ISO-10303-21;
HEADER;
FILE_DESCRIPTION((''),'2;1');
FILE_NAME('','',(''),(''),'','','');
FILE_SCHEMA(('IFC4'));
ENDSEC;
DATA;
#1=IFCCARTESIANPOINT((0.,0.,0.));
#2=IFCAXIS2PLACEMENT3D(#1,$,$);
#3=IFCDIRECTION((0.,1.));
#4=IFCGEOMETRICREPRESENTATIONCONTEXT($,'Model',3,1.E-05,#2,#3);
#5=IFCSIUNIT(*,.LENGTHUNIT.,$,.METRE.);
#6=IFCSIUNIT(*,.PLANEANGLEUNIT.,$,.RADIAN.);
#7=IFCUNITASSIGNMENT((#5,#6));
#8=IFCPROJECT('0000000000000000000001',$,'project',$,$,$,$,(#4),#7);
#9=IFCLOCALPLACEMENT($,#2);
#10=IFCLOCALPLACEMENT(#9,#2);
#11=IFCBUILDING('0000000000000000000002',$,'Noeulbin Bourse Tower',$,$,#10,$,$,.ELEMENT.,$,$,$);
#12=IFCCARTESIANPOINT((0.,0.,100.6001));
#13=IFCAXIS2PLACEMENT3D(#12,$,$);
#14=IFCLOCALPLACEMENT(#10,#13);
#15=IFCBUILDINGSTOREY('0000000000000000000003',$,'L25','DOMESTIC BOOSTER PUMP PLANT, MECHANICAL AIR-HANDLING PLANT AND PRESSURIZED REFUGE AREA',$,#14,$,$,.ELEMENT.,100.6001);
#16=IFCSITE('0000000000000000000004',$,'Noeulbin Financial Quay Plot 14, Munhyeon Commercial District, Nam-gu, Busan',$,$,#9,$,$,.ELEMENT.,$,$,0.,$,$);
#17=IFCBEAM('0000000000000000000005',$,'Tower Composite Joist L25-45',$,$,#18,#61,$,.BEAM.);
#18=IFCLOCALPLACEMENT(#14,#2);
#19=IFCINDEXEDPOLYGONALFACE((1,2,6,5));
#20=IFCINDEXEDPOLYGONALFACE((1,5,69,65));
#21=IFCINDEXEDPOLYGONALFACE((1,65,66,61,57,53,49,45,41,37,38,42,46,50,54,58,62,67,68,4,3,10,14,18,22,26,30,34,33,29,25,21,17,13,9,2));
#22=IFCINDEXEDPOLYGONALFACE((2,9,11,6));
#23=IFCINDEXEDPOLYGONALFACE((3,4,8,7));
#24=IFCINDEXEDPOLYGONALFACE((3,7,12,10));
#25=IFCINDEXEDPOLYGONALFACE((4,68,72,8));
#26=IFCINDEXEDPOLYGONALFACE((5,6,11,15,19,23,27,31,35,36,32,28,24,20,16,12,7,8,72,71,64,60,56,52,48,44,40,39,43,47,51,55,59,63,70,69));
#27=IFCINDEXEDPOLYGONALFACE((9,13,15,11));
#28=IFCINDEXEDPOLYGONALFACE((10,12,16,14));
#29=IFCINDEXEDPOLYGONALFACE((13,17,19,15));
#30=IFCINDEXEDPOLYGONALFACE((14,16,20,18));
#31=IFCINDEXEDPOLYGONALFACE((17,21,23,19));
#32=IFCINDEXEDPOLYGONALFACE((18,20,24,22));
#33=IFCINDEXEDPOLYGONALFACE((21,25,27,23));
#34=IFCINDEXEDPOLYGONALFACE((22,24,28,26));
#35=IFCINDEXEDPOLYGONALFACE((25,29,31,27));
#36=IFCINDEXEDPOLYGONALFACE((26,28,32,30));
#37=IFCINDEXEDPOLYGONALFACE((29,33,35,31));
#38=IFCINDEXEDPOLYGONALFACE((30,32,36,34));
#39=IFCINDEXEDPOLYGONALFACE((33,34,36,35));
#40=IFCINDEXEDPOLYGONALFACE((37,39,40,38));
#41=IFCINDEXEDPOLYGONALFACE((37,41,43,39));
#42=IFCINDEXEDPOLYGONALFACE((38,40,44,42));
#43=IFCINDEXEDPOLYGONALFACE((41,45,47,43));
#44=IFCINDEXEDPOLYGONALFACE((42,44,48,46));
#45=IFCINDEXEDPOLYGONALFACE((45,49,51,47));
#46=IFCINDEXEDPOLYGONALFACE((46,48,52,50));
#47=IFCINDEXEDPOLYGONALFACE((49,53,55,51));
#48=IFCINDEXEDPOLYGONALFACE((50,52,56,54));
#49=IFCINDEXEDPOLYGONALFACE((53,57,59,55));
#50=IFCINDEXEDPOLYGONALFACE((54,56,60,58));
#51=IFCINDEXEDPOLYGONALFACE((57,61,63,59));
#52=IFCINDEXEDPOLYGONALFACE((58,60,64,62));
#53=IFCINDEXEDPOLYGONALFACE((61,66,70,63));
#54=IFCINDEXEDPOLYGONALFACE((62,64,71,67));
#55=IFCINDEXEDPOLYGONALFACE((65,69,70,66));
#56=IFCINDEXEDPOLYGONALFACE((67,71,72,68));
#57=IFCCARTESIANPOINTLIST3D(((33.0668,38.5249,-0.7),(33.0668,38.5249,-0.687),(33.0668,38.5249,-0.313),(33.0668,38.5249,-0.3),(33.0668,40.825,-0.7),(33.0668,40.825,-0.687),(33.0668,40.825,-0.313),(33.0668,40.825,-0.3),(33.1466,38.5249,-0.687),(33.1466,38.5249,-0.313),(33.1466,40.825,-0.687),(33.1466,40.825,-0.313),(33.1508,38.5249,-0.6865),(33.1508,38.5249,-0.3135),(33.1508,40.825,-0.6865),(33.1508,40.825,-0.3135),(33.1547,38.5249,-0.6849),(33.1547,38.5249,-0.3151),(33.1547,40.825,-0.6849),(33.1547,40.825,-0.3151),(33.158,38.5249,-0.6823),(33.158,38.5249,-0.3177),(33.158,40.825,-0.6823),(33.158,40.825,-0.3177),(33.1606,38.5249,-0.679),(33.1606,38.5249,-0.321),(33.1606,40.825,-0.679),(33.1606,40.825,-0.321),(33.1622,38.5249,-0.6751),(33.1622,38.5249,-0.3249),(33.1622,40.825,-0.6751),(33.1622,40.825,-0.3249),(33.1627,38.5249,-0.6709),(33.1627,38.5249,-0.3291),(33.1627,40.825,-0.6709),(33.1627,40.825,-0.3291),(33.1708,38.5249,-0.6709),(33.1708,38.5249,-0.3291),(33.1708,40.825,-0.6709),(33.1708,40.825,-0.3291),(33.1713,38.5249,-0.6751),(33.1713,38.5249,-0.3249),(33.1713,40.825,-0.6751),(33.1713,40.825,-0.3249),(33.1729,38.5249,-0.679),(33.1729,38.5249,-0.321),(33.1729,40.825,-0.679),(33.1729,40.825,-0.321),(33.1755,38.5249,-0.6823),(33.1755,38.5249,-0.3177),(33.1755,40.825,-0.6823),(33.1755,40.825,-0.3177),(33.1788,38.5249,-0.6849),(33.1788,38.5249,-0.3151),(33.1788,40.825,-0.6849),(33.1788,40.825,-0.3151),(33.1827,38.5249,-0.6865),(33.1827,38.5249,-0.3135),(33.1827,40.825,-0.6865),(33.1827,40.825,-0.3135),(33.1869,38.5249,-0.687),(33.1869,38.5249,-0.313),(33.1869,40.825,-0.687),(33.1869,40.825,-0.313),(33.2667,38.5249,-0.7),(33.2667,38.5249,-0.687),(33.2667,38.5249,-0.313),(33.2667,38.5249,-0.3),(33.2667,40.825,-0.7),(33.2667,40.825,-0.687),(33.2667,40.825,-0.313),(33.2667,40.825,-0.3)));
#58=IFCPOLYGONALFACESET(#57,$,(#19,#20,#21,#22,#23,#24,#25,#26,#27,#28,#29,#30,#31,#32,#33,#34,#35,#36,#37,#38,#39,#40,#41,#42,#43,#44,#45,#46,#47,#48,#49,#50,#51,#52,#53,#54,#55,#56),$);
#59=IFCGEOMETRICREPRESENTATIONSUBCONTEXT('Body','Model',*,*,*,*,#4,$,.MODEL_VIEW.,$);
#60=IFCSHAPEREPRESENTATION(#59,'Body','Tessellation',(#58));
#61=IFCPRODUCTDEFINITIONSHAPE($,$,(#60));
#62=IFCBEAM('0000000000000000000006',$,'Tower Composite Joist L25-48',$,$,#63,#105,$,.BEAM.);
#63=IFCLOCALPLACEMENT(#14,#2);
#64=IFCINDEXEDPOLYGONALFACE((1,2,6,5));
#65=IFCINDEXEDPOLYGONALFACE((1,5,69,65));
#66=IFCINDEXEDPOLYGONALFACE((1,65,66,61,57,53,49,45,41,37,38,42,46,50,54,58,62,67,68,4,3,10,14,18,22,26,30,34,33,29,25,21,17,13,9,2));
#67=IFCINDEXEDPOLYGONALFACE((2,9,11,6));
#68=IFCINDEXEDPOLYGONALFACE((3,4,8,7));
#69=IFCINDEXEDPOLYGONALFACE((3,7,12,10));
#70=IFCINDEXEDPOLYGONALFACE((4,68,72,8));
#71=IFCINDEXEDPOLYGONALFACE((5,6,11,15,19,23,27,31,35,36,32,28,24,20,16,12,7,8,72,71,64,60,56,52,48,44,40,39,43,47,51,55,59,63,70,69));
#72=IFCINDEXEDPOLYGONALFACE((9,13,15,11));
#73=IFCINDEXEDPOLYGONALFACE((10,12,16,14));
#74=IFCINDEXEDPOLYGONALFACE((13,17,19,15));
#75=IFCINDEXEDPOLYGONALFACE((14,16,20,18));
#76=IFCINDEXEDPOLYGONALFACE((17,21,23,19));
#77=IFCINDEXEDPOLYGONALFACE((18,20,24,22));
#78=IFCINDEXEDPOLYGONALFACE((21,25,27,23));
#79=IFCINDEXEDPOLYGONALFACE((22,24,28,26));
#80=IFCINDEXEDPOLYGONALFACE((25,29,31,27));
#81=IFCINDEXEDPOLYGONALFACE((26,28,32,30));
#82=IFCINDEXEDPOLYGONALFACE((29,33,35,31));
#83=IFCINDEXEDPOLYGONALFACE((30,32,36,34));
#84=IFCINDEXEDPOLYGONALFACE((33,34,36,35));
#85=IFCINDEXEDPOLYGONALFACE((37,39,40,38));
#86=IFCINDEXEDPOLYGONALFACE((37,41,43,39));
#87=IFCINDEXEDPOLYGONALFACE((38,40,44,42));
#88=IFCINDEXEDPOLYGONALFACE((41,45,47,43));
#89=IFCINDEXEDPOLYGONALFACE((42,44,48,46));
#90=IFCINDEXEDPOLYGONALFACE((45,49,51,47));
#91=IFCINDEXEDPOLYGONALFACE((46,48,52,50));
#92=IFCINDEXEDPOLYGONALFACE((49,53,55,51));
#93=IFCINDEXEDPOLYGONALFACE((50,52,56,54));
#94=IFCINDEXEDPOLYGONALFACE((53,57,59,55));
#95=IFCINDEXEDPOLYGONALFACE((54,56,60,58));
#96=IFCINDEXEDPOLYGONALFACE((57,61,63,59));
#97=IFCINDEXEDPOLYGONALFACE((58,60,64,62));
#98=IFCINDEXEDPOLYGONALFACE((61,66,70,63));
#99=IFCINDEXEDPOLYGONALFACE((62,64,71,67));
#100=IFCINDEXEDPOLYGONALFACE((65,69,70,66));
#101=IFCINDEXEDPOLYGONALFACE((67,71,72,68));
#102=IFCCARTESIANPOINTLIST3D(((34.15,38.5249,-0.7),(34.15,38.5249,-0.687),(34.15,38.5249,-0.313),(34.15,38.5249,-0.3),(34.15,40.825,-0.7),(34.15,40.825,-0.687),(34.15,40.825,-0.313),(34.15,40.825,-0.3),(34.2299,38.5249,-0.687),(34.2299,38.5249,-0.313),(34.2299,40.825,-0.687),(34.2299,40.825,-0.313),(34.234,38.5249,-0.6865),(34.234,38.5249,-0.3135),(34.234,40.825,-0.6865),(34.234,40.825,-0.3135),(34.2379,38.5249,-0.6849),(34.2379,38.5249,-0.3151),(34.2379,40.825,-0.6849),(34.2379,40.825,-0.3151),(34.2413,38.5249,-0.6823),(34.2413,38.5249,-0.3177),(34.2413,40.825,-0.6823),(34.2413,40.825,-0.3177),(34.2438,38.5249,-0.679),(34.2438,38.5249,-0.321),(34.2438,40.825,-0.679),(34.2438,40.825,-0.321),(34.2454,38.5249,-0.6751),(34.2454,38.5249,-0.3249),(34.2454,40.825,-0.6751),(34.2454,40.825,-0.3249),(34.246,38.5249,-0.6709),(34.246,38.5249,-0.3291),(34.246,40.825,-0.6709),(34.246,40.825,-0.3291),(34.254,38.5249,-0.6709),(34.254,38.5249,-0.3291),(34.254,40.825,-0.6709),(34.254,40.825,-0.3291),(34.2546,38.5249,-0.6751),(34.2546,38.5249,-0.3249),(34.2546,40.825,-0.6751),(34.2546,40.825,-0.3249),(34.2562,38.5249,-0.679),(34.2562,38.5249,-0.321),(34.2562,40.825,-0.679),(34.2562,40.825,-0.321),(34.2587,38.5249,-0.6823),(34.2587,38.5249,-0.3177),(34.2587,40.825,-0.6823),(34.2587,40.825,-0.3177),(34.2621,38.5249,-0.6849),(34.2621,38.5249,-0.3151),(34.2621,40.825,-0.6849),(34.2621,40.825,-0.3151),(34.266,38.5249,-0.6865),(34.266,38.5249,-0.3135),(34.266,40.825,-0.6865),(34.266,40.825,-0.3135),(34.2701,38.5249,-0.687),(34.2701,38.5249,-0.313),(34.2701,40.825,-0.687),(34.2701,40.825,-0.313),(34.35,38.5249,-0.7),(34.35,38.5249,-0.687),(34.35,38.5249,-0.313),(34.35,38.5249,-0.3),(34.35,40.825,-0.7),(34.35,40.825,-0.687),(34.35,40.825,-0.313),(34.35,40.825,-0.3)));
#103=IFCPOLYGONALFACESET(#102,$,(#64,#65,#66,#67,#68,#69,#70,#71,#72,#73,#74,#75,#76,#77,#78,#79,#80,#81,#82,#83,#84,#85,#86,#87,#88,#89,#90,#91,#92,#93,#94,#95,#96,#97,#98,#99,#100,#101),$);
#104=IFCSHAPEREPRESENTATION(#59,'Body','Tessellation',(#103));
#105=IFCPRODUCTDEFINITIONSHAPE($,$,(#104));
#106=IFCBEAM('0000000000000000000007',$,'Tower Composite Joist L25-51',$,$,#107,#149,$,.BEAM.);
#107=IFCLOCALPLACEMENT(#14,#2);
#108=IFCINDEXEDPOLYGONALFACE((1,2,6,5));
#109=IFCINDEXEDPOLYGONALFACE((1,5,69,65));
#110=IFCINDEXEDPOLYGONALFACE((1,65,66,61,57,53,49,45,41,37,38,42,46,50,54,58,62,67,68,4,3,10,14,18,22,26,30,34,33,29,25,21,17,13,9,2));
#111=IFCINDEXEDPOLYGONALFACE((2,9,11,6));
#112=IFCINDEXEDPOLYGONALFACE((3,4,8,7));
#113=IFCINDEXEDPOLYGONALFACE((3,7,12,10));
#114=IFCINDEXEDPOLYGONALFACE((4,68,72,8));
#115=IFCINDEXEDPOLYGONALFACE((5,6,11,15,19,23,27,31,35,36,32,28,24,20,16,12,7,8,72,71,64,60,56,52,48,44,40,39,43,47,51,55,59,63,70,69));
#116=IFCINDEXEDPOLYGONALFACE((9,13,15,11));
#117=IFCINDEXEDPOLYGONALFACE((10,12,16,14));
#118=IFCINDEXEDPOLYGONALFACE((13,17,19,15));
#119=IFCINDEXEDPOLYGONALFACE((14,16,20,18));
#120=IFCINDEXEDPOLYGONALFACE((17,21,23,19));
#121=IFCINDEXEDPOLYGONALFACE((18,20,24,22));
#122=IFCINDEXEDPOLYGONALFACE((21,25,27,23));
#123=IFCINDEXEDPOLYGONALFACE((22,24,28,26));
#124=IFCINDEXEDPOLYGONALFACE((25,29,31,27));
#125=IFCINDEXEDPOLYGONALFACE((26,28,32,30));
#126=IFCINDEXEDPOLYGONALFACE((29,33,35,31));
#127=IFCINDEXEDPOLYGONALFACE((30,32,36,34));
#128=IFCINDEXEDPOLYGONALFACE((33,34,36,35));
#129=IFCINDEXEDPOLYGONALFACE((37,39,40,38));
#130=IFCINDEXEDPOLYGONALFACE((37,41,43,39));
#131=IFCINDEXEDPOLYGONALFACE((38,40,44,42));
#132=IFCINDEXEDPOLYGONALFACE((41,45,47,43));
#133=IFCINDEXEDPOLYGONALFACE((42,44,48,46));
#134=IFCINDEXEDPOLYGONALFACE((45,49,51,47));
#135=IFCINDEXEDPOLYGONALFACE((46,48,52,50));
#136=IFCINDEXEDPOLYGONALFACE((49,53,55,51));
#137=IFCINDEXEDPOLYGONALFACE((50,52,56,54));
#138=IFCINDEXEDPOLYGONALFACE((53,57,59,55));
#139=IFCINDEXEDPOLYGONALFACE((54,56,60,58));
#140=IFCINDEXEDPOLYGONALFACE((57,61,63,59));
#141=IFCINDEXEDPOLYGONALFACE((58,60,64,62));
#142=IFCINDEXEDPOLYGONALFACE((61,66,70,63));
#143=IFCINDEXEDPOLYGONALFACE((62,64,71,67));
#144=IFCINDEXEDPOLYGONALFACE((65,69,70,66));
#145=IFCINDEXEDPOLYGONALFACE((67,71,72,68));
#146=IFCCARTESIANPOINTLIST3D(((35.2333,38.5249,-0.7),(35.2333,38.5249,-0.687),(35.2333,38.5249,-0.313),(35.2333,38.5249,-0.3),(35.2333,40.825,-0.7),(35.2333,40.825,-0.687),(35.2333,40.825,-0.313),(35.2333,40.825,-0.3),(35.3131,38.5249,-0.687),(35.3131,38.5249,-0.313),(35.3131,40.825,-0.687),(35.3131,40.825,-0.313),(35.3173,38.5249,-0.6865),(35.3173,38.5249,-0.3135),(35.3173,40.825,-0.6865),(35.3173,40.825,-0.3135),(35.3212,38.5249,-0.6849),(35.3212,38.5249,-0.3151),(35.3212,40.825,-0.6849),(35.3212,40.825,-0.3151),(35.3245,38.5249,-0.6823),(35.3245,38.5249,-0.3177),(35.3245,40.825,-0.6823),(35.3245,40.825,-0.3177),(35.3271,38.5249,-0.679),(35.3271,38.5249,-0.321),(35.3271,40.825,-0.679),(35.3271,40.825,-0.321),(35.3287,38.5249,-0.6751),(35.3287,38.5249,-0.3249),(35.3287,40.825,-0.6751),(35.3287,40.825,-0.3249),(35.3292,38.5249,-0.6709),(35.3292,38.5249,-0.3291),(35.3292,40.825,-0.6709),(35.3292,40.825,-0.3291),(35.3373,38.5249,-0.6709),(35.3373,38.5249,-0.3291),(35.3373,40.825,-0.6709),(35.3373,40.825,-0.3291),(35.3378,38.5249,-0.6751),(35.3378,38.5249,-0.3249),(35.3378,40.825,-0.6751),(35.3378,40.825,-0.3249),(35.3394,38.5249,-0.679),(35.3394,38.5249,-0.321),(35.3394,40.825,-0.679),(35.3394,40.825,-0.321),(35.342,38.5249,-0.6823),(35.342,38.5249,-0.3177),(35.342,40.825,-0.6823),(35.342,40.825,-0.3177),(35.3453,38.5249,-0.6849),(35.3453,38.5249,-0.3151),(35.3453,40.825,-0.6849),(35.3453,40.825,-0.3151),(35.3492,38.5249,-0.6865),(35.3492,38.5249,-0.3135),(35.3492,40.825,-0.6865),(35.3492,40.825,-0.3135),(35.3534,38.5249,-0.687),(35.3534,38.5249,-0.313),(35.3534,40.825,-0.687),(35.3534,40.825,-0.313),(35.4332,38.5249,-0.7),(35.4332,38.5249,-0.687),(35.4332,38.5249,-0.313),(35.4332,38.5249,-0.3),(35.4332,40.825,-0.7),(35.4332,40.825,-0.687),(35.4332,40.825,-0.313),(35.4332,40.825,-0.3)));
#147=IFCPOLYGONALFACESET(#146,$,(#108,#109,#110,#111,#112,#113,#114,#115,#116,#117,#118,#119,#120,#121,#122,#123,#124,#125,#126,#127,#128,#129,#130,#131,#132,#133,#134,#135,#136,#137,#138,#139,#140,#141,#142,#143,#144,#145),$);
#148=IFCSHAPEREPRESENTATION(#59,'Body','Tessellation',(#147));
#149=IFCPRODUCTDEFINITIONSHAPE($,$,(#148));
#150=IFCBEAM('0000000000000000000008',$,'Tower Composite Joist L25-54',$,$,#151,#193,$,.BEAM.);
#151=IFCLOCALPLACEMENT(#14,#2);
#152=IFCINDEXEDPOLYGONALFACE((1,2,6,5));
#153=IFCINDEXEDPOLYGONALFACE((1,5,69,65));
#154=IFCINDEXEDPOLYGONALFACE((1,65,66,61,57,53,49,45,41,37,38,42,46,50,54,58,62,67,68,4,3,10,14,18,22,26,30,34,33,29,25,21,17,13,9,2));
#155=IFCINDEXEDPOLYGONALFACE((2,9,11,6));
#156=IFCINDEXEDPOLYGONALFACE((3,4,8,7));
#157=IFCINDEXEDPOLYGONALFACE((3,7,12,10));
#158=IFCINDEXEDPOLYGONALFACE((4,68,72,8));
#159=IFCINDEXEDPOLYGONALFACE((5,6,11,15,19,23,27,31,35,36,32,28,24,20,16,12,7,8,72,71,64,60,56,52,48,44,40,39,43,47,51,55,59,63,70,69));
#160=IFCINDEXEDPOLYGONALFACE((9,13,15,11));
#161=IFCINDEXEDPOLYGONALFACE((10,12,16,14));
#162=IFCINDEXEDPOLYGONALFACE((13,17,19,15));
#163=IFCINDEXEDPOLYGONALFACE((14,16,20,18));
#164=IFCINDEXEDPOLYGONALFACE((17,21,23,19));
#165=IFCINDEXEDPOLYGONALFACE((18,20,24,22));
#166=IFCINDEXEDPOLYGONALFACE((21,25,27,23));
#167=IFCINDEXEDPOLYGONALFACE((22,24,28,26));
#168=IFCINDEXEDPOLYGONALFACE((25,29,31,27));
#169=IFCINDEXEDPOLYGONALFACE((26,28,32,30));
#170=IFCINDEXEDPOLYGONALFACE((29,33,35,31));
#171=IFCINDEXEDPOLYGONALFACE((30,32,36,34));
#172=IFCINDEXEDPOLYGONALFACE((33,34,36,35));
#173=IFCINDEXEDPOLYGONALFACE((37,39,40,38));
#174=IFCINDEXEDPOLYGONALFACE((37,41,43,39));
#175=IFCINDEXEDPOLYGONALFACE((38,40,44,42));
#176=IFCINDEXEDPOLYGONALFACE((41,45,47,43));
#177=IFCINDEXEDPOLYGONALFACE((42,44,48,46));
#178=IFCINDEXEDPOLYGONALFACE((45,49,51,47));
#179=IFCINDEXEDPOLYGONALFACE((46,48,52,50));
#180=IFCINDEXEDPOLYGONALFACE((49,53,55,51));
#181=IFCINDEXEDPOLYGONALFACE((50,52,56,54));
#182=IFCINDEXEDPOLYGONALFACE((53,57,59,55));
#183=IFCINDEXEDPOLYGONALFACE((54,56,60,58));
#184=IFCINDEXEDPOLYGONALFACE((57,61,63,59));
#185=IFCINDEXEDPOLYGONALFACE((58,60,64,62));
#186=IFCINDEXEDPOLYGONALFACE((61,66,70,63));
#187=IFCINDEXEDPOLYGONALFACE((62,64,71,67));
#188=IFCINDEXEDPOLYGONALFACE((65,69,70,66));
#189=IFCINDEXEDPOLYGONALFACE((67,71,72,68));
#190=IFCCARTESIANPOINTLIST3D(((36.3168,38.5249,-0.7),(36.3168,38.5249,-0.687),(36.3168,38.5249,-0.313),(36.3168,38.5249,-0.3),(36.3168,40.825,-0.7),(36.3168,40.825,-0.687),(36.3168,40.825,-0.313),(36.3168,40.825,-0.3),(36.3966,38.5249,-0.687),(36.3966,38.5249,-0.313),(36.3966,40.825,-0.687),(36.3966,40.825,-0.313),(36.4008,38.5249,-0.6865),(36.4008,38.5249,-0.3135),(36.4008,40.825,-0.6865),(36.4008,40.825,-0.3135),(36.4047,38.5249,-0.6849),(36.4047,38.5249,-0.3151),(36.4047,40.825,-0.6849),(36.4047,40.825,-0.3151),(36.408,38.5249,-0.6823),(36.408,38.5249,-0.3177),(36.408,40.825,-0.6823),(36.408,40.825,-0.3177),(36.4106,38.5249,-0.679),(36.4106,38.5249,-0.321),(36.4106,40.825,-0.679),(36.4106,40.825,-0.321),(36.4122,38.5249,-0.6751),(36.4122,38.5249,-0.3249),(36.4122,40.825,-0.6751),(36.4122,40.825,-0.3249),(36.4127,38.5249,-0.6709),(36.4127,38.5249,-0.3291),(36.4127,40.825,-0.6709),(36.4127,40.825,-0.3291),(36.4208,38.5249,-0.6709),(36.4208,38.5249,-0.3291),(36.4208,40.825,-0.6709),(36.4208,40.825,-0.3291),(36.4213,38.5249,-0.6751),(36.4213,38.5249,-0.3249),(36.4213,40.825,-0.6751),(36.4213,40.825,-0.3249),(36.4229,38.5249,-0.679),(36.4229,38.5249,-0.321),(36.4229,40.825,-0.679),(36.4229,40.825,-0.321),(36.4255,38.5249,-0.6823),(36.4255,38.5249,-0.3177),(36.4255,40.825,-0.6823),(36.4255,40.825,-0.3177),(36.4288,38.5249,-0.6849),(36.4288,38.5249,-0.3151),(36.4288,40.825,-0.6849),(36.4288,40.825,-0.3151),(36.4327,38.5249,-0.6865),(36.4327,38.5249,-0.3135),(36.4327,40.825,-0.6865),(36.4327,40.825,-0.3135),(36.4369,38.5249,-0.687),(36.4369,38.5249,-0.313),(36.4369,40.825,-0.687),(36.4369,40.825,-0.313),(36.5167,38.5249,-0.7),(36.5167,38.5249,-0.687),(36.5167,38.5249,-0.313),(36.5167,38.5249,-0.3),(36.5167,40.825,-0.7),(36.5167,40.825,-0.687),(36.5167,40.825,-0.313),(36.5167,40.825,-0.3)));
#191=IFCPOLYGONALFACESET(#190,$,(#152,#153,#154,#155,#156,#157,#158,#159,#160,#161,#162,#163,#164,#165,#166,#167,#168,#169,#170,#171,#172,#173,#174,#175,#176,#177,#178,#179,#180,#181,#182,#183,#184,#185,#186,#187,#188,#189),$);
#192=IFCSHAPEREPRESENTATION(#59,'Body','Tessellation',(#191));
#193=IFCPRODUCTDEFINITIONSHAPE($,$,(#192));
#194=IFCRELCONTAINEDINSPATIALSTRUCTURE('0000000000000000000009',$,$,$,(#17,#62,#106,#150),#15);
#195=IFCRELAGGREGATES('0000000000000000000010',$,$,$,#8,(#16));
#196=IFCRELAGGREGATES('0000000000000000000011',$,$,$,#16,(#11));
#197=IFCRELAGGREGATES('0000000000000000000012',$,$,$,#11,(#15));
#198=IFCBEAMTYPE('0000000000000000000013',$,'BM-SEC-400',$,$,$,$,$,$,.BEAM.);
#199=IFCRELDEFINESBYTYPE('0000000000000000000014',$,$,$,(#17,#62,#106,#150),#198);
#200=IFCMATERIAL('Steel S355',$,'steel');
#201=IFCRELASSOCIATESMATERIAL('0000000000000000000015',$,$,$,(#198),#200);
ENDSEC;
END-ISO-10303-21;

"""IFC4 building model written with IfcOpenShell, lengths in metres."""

from ifc_helpers import new_model, si_unit, direction, frame, origin, origin_2d, place, context, subcontext, project, spatial, i_section, extrude, material, material_profile, profile_set, type_object, element, save


model = new_model("IFC4")

# Units and contexts
model_context = context("Model", 3, precision=1e-05, world=origin(), true_north=direction((0.0, 1.0)))
body_context = subcontext(model_context, "Body", "Model", "MODEL_VIEW")
ifc_project = project(units=[si_unit("LENGTHUNIT", "METRE"), si_unit("PLANEANGLEUNIT", "RADIAN")], contexts=[model_context])

# Site, building, storey
site_placement = place(None, origin())
site = spatial("IfcSite", under=ifc_project, at=site_placement, Name="Noeulbin Financial Quay Plot 14, Munhyeon Commercial District, Nam-gu, Busan", CompositionType="ELEMENT", RefElevation=0.0)
building_placement = place(site_placement, origin())
building = spatial("IfcBuilding", under=site, at=building_placement, Name="Noeulbin Bourse Tower", CompositionType="ELEMENT")
storey_placement = place(building_placement, frame((0.0, 0.0, 100.6001)))
storey = spatial("IfcBuildingStorey", under=building, at=storey_placement, Name="L25", Description="DOMESTIC BOOSTER PUMP PLANT, MECHANICAL AIR-HANDLING PLANT AND PRESSURIZED REFUGE AREA", CompositionType="ELEMENT", Elevation=100.6001)

# Beams
ifc_material_1 = material(Name="Steel S355", Category="steel")
ifc_material_profile_1 = material_profile(ifc_material_1, i_section(OverallWidth=0.2, OverallDepth=0.3999, WebThickness=0.0081, FlangeThickness=0.0129, FilletRadius=0.0161, at=origin_2d()), Name="H-400x200x8x13", Category="LoadBearing")
ifc_profile_set_1 = profile_set([ifc_material_profile_1], Name="Steel S355")
beam_type_1 = type_object("IfcBeamType", Name="BM-SEC-400", PredefinedType="BEAM", material=ifc_profile_set_1)
for number, where, z_axis, x_axis, name in (
    (1, (33.1667, 38.5249, -0.5), (0.0, 1.0, 0.0), (-1.0, 0.0, 0.0), "Tower Composite Joist L25-45"),
    (2, (34.25, 38.5249, -0.5), (0.0, 1.0, 0.0), (-1.0, 0.0, 0.0), "Tower Composite Joist L25-48"),
    (3, (35.3333, 38.5249, -0.5), (0.0, 1.0, 0.0), (-1.0, 0.0, 0.0), "Tower Composite Joist L25-51"),
    (4, (36.4167, 38.5249, -0.5), (0.0, 1.0, 0.0), (-1.0, 0.0, 0.0), "Tower Composite Joist L25-54"),
):
    element("IfcBeam", number, at=place(storey_placement, frame(where, z_axis=z_axis, x_axis=x_axis)), inside=storey, type_object=beam_type_1, Name=name, PredefinedType="BEAM", context=body_context, shape_type="SweptSolid", body=[
        extrude(i_section(OverallWidth=0.2, OverallDepth=0.3999, WebThickness=0.0081, FlangeThickness=0.0129, FilletRadius=0.0161, at=origin_2d()), origin(), (0.0, 0.0, 1.0), 2.3),
    ])

save(model, "model.ifc")
